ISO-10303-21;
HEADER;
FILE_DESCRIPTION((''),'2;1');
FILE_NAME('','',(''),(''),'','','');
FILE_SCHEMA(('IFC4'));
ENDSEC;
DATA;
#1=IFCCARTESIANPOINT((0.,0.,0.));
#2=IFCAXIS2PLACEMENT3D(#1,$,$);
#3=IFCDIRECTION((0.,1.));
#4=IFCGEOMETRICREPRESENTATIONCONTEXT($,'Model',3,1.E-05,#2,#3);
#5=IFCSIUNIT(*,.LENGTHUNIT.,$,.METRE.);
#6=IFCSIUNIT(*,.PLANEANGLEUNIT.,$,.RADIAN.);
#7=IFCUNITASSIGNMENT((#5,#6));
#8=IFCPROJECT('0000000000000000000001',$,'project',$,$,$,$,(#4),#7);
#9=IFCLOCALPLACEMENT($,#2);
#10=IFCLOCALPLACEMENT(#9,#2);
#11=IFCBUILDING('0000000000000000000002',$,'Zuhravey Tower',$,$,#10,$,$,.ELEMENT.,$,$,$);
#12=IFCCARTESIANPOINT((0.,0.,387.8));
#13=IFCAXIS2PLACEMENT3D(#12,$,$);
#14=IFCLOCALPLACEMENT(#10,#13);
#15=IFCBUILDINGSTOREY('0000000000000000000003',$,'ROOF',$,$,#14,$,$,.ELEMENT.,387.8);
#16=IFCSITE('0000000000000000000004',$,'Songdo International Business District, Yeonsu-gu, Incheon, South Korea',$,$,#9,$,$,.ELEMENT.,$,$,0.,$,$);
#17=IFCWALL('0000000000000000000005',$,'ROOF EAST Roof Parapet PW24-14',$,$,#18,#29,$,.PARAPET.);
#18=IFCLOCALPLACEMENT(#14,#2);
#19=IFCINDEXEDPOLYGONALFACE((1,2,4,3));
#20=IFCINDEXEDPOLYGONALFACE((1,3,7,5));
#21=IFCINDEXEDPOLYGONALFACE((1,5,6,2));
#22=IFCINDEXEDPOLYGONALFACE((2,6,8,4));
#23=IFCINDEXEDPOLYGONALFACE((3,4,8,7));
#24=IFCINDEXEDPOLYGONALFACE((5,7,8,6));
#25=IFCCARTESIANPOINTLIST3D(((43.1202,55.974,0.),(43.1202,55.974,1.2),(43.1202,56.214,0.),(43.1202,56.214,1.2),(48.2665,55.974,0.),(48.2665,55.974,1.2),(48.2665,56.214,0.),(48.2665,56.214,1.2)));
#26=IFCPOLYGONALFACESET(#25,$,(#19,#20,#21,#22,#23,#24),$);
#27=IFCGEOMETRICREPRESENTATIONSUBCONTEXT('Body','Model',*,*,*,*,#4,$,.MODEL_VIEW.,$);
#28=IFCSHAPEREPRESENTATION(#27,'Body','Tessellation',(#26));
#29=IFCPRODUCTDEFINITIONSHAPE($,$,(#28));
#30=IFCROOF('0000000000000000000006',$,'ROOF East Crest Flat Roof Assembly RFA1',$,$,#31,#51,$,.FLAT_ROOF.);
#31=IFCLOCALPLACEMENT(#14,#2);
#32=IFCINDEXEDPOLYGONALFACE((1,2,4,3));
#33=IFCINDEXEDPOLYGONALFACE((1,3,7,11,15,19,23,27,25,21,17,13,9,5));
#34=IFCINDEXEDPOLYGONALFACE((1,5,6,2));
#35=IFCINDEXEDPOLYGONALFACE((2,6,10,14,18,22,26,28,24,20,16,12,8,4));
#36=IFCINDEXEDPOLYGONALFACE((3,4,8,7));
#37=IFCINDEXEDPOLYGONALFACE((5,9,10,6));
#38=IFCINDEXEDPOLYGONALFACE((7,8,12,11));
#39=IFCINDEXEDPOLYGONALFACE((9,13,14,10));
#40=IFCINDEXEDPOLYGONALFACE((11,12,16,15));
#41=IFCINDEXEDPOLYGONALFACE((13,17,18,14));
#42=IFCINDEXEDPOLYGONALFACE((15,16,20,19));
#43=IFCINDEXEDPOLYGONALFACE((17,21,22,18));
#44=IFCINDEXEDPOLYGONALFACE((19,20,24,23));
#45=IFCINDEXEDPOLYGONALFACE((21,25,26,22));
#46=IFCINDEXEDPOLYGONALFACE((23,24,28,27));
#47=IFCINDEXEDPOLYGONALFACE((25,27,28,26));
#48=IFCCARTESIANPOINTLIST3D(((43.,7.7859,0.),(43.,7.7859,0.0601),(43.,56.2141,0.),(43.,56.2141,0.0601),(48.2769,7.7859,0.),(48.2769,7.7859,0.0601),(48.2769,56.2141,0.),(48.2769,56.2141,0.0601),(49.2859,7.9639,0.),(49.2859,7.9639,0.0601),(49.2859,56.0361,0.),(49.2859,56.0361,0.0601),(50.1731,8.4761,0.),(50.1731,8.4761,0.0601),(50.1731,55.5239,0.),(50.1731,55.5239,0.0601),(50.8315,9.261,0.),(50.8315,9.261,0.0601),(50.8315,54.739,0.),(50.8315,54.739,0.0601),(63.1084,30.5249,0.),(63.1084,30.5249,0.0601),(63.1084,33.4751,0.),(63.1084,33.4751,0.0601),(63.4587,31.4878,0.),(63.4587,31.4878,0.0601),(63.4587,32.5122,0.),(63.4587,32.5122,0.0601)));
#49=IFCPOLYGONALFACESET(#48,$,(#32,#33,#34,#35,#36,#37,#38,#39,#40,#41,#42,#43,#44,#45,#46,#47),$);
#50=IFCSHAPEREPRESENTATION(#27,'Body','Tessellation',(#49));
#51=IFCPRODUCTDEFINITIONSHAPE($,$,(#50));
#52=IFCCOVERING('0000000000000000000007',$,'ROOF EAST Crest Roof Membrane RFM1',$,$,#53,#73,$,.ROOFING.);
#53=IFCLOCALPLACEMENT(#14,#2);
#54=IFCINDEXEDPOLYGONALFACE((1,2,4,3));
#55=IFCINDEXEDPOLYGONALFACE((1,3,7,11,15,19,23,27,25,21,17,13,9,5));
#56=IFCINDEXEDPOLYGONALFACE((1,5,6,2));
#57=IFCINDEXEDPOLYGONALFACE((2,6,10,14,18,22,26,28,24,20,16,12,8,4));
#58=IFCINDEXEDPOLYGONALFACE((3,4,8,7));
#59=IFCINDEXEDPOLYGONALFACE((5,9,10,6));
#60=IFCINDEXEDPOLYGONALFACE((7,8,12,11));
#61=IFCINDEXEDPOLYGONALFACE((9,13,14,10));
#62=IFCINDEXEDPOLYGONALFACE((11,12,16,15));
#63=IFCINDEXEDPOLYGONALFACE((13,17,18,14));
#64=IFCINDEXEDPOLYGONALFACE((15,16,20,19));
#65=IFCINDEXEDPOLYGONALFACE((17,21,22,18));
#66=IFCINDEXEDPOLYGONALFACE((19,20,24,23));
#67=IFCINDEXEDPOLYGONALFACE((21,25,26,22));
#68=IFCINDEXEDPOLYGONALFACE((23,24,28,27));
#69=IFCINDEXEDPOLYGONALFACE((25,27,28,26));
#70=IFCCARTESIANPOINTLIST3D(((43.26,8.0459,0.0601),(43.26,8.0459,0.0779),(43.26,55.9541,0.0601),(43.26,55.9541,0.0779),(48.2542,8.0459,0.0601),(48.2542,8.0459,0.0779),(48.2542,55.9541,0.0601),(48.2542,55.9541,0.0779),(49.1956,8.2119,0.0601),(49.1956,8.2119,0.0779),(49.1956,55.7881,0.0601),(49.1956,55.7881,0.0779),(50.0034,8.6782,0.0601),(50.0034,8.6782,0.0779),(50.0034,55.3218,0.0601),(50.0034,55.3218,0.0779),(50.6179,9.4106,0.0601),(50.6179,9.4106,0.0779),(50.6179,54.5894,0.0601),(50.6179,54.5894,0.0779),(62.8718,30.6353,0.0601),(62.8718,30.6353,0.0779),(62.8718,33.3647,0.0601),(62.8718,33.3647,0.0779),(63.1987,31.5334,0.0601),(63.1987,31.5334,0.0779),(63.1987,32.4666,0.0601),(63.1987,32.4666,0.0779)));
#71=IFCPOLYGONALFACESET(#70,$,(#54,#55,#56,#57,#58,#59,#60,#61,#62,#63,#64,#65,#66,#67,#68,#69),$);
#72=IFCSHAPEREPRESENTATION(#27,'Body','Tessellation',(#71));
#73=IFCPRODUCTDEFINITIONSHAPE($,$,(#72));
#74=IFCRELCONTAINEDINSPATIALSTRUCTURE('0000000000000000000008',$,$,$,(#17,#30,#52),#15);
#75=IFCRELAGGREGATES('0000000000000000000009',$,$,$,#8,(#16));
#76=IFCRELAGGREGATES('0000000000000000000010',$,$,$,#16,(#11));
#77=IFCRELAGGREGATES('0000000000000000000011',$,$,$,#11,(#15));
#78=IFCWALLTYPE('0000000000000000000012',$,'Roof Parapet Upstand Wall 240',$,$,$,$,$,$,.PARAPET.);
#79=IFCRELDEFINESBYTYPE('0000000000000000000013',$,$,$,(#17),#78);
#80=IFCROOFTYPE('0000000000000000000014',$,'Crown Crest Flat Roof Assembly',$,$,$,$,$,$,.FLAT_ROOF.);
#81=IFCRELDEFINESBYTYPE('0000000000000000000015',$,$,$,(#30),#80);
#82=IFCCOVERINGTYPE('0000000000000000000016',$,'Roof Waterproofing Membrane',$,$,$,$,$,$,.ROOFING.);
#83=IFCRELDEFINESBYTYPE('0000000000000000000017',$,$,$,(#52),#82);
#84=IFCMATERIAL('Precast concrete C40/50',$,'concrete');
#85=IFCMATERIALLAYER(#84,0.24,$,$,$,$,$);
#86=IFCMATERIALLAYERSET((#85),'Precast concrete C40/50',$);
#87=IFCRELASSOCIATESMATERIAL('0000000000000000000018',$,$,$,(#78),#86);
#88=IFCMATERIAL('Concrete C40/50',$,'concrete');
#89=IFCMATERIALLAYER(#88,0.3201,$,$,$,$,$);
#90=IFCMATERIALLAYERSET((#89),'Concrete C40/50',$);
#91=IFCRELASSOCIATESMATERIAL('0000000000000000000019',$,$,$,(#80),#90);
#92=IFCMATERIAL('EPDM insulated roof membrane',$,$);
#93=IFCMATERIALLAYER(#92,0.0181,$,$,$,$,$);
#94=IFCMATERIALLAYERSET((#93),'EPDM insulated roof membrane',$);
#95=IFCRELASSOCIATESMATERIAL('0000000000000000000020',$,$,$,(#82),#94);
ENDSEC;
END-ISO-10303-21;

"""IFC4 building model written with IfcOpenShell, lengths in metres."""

from ifc_helpers import new_model, si_unit, direction, frame, frame_2d, origin, place, context, subcontext, project, spatial, polyline, rectangle, outline, extrude, material, layer, layer_set, type_object, element, save


model = new_model("IFC4")

# Units and contexts
model_context = context("Model", 3, precision=1e-05, world=origin(), true_north=direction((0.0, 1.0)))
body_context = subcontext(model_context, "Body", "Model", "MODEL_VIEW")
ifc_project = project(units=[si_unit("LENGTHUNIT", "METRE"), si_unit("PLANEANGLEUNIT", "RADIAN")], contexts=[model_context])

# Site, building, storey
site_placement = place(None, origin())
site = spatial("IfcSite", under=ifc_project, at=site_placement, Name="Songdo International Business District, Yeonsu-gu, Incheon, South Korea", CompositionType="ELEMENT", RefElevation=0.0)
building_placement = place(site_placement, origin())
building = spatial("IfcBuilding", under=site, at=building_placement, Name="Zuhravey Tower", CompositionType="ELEMENT")
storey_placement = place(building_placement, frame((0.0, 0.0, 387.8)))
storey = spatial("IfcBuildingStorey", under=building, at=storey_placement, Name="ROOF", CompositionType="ELEMENT", Elevation=387.8)

# Shared definitions
ifc_material_1 = material(Name="Concrete C40/50", Category="concrete")

# Wall
ifc_material_2 = material(Name="Precast concrete C40/50", Category="concrete")
ifc_layer_1 = layer(ifc_material_2, 0.24)
ifc_layer_set_1 = layer_set([ifc_layer_1], Name="Precast concrete C40/50")
wall_type = type_object("IfcWallType", Name="Roof Parapet Upstand Wall 240", PredefinedType="PARAPET", material=ifc_layer_set_1)
wall_1_placement = place(storey_placement, frame((43.1201, 56.094, 0.0), z_axis=(0.0, 0.0, 1.0), x_axis=(1.0, 0.0, 0.0)))
element("IfcWall", 1, at=wall_1_placement, inside=storey, type_object=wall_type, Name="ROOF EAST Roof Parapet PW24-14", PredefinedType="PARAPET", context=body_context, shape_type="SweptSolid", body=[
    extrude(rectangle(XDim=5.1462, YDim=0.24, at=frame_2d((2.5732, 0.0))), origin(), (0.0, 0.0, 1.0), 1.2),
])

# Roof
ifc_layer_2 = layer(ifc_material_1, 0.3201)
ifc_layer_set_2 = layer_set([ifc_layer_2], Name="Concrete C40/50")
roof_type = type_object("IfcRoofType", Name="Crown Crest Flat Roof Assembly", PredefinedType="FLAT_ROOF", material=ifc_layer_set_2)
roof_placement = place(storey_placement, origin())
element("IfcRoof", 2, at=roof_placement, inside=storey, type_object=roof_type, Name="ROOF East Crest Flat Roof Assembly RFA1", PredefinedType="FLAT_ROOF", context=body_context, shape_type="SweptSolid", body=[
    extrude(outline(polyline([(48.2769, 56.2141), (49.2859, 56.0361), (50.1731, 55.5239), (50.8315, 54.739), (63.1084, 33.4751), (63.4587, 32.5122), (63.4587, 31.4878), (63.1084, 30.5249), (50.8315, 9.261), (50.1731, 8.4761), (49.2859, 7.9639), (48.2769, 7.7859), (43.0, 7.7859), (43.0, 56.2141), (48.2769, 56.2141)])), origin(), (0.0, 0.0, 1.0), 0.0601),
])

# Covering
ifc_material_3 = material(Name="EPDM insulated roof membrane")
ifc_layer_3 = layer(ifc_material_3, 0.0181)
ifc_layer_set_3 = layer_set([ifc_layer_3], Name="EPDM insulated roof membrane")
covering_type = type_object("IfcCoveringType", Name="Roof Waterproofing Membrane", PredefinedType="ROOFING", material=ifc_layer_set_3)
covering_placement = place(storey_placement, frame((0.0, 0.0, 0.0601)))
element("IfcCovering", 3, at=covering_placement, inside=storey, type_object=covering_type, Name="ROOF EAST Crest Roof Membrane RFM1", PredefinedType="ROOFING", context=body_context, shape_type="SweptSolid", body=[
    extrude(outline(polyline([(48.2542, 55.9541), (49.1956, 55.7881), (50.0034, 55.3218), (50.6179, 54.5894), (62.8718, 33.3647), (63.1987, 32.4666), (63.1987, 31.5334), (62.8718, 30.6353), (50.6179, 9.4106), (50.0034, 8.6782), (49.1956, 8.2119), (48.2542, 8.0459), (43.26, 8.0459), (43.26, 55.9541), (48.2542, 55.9541)])), origin(), (0.0, 0.0, 1.0), 0.0178),
])

save(model, "model.ifc")
